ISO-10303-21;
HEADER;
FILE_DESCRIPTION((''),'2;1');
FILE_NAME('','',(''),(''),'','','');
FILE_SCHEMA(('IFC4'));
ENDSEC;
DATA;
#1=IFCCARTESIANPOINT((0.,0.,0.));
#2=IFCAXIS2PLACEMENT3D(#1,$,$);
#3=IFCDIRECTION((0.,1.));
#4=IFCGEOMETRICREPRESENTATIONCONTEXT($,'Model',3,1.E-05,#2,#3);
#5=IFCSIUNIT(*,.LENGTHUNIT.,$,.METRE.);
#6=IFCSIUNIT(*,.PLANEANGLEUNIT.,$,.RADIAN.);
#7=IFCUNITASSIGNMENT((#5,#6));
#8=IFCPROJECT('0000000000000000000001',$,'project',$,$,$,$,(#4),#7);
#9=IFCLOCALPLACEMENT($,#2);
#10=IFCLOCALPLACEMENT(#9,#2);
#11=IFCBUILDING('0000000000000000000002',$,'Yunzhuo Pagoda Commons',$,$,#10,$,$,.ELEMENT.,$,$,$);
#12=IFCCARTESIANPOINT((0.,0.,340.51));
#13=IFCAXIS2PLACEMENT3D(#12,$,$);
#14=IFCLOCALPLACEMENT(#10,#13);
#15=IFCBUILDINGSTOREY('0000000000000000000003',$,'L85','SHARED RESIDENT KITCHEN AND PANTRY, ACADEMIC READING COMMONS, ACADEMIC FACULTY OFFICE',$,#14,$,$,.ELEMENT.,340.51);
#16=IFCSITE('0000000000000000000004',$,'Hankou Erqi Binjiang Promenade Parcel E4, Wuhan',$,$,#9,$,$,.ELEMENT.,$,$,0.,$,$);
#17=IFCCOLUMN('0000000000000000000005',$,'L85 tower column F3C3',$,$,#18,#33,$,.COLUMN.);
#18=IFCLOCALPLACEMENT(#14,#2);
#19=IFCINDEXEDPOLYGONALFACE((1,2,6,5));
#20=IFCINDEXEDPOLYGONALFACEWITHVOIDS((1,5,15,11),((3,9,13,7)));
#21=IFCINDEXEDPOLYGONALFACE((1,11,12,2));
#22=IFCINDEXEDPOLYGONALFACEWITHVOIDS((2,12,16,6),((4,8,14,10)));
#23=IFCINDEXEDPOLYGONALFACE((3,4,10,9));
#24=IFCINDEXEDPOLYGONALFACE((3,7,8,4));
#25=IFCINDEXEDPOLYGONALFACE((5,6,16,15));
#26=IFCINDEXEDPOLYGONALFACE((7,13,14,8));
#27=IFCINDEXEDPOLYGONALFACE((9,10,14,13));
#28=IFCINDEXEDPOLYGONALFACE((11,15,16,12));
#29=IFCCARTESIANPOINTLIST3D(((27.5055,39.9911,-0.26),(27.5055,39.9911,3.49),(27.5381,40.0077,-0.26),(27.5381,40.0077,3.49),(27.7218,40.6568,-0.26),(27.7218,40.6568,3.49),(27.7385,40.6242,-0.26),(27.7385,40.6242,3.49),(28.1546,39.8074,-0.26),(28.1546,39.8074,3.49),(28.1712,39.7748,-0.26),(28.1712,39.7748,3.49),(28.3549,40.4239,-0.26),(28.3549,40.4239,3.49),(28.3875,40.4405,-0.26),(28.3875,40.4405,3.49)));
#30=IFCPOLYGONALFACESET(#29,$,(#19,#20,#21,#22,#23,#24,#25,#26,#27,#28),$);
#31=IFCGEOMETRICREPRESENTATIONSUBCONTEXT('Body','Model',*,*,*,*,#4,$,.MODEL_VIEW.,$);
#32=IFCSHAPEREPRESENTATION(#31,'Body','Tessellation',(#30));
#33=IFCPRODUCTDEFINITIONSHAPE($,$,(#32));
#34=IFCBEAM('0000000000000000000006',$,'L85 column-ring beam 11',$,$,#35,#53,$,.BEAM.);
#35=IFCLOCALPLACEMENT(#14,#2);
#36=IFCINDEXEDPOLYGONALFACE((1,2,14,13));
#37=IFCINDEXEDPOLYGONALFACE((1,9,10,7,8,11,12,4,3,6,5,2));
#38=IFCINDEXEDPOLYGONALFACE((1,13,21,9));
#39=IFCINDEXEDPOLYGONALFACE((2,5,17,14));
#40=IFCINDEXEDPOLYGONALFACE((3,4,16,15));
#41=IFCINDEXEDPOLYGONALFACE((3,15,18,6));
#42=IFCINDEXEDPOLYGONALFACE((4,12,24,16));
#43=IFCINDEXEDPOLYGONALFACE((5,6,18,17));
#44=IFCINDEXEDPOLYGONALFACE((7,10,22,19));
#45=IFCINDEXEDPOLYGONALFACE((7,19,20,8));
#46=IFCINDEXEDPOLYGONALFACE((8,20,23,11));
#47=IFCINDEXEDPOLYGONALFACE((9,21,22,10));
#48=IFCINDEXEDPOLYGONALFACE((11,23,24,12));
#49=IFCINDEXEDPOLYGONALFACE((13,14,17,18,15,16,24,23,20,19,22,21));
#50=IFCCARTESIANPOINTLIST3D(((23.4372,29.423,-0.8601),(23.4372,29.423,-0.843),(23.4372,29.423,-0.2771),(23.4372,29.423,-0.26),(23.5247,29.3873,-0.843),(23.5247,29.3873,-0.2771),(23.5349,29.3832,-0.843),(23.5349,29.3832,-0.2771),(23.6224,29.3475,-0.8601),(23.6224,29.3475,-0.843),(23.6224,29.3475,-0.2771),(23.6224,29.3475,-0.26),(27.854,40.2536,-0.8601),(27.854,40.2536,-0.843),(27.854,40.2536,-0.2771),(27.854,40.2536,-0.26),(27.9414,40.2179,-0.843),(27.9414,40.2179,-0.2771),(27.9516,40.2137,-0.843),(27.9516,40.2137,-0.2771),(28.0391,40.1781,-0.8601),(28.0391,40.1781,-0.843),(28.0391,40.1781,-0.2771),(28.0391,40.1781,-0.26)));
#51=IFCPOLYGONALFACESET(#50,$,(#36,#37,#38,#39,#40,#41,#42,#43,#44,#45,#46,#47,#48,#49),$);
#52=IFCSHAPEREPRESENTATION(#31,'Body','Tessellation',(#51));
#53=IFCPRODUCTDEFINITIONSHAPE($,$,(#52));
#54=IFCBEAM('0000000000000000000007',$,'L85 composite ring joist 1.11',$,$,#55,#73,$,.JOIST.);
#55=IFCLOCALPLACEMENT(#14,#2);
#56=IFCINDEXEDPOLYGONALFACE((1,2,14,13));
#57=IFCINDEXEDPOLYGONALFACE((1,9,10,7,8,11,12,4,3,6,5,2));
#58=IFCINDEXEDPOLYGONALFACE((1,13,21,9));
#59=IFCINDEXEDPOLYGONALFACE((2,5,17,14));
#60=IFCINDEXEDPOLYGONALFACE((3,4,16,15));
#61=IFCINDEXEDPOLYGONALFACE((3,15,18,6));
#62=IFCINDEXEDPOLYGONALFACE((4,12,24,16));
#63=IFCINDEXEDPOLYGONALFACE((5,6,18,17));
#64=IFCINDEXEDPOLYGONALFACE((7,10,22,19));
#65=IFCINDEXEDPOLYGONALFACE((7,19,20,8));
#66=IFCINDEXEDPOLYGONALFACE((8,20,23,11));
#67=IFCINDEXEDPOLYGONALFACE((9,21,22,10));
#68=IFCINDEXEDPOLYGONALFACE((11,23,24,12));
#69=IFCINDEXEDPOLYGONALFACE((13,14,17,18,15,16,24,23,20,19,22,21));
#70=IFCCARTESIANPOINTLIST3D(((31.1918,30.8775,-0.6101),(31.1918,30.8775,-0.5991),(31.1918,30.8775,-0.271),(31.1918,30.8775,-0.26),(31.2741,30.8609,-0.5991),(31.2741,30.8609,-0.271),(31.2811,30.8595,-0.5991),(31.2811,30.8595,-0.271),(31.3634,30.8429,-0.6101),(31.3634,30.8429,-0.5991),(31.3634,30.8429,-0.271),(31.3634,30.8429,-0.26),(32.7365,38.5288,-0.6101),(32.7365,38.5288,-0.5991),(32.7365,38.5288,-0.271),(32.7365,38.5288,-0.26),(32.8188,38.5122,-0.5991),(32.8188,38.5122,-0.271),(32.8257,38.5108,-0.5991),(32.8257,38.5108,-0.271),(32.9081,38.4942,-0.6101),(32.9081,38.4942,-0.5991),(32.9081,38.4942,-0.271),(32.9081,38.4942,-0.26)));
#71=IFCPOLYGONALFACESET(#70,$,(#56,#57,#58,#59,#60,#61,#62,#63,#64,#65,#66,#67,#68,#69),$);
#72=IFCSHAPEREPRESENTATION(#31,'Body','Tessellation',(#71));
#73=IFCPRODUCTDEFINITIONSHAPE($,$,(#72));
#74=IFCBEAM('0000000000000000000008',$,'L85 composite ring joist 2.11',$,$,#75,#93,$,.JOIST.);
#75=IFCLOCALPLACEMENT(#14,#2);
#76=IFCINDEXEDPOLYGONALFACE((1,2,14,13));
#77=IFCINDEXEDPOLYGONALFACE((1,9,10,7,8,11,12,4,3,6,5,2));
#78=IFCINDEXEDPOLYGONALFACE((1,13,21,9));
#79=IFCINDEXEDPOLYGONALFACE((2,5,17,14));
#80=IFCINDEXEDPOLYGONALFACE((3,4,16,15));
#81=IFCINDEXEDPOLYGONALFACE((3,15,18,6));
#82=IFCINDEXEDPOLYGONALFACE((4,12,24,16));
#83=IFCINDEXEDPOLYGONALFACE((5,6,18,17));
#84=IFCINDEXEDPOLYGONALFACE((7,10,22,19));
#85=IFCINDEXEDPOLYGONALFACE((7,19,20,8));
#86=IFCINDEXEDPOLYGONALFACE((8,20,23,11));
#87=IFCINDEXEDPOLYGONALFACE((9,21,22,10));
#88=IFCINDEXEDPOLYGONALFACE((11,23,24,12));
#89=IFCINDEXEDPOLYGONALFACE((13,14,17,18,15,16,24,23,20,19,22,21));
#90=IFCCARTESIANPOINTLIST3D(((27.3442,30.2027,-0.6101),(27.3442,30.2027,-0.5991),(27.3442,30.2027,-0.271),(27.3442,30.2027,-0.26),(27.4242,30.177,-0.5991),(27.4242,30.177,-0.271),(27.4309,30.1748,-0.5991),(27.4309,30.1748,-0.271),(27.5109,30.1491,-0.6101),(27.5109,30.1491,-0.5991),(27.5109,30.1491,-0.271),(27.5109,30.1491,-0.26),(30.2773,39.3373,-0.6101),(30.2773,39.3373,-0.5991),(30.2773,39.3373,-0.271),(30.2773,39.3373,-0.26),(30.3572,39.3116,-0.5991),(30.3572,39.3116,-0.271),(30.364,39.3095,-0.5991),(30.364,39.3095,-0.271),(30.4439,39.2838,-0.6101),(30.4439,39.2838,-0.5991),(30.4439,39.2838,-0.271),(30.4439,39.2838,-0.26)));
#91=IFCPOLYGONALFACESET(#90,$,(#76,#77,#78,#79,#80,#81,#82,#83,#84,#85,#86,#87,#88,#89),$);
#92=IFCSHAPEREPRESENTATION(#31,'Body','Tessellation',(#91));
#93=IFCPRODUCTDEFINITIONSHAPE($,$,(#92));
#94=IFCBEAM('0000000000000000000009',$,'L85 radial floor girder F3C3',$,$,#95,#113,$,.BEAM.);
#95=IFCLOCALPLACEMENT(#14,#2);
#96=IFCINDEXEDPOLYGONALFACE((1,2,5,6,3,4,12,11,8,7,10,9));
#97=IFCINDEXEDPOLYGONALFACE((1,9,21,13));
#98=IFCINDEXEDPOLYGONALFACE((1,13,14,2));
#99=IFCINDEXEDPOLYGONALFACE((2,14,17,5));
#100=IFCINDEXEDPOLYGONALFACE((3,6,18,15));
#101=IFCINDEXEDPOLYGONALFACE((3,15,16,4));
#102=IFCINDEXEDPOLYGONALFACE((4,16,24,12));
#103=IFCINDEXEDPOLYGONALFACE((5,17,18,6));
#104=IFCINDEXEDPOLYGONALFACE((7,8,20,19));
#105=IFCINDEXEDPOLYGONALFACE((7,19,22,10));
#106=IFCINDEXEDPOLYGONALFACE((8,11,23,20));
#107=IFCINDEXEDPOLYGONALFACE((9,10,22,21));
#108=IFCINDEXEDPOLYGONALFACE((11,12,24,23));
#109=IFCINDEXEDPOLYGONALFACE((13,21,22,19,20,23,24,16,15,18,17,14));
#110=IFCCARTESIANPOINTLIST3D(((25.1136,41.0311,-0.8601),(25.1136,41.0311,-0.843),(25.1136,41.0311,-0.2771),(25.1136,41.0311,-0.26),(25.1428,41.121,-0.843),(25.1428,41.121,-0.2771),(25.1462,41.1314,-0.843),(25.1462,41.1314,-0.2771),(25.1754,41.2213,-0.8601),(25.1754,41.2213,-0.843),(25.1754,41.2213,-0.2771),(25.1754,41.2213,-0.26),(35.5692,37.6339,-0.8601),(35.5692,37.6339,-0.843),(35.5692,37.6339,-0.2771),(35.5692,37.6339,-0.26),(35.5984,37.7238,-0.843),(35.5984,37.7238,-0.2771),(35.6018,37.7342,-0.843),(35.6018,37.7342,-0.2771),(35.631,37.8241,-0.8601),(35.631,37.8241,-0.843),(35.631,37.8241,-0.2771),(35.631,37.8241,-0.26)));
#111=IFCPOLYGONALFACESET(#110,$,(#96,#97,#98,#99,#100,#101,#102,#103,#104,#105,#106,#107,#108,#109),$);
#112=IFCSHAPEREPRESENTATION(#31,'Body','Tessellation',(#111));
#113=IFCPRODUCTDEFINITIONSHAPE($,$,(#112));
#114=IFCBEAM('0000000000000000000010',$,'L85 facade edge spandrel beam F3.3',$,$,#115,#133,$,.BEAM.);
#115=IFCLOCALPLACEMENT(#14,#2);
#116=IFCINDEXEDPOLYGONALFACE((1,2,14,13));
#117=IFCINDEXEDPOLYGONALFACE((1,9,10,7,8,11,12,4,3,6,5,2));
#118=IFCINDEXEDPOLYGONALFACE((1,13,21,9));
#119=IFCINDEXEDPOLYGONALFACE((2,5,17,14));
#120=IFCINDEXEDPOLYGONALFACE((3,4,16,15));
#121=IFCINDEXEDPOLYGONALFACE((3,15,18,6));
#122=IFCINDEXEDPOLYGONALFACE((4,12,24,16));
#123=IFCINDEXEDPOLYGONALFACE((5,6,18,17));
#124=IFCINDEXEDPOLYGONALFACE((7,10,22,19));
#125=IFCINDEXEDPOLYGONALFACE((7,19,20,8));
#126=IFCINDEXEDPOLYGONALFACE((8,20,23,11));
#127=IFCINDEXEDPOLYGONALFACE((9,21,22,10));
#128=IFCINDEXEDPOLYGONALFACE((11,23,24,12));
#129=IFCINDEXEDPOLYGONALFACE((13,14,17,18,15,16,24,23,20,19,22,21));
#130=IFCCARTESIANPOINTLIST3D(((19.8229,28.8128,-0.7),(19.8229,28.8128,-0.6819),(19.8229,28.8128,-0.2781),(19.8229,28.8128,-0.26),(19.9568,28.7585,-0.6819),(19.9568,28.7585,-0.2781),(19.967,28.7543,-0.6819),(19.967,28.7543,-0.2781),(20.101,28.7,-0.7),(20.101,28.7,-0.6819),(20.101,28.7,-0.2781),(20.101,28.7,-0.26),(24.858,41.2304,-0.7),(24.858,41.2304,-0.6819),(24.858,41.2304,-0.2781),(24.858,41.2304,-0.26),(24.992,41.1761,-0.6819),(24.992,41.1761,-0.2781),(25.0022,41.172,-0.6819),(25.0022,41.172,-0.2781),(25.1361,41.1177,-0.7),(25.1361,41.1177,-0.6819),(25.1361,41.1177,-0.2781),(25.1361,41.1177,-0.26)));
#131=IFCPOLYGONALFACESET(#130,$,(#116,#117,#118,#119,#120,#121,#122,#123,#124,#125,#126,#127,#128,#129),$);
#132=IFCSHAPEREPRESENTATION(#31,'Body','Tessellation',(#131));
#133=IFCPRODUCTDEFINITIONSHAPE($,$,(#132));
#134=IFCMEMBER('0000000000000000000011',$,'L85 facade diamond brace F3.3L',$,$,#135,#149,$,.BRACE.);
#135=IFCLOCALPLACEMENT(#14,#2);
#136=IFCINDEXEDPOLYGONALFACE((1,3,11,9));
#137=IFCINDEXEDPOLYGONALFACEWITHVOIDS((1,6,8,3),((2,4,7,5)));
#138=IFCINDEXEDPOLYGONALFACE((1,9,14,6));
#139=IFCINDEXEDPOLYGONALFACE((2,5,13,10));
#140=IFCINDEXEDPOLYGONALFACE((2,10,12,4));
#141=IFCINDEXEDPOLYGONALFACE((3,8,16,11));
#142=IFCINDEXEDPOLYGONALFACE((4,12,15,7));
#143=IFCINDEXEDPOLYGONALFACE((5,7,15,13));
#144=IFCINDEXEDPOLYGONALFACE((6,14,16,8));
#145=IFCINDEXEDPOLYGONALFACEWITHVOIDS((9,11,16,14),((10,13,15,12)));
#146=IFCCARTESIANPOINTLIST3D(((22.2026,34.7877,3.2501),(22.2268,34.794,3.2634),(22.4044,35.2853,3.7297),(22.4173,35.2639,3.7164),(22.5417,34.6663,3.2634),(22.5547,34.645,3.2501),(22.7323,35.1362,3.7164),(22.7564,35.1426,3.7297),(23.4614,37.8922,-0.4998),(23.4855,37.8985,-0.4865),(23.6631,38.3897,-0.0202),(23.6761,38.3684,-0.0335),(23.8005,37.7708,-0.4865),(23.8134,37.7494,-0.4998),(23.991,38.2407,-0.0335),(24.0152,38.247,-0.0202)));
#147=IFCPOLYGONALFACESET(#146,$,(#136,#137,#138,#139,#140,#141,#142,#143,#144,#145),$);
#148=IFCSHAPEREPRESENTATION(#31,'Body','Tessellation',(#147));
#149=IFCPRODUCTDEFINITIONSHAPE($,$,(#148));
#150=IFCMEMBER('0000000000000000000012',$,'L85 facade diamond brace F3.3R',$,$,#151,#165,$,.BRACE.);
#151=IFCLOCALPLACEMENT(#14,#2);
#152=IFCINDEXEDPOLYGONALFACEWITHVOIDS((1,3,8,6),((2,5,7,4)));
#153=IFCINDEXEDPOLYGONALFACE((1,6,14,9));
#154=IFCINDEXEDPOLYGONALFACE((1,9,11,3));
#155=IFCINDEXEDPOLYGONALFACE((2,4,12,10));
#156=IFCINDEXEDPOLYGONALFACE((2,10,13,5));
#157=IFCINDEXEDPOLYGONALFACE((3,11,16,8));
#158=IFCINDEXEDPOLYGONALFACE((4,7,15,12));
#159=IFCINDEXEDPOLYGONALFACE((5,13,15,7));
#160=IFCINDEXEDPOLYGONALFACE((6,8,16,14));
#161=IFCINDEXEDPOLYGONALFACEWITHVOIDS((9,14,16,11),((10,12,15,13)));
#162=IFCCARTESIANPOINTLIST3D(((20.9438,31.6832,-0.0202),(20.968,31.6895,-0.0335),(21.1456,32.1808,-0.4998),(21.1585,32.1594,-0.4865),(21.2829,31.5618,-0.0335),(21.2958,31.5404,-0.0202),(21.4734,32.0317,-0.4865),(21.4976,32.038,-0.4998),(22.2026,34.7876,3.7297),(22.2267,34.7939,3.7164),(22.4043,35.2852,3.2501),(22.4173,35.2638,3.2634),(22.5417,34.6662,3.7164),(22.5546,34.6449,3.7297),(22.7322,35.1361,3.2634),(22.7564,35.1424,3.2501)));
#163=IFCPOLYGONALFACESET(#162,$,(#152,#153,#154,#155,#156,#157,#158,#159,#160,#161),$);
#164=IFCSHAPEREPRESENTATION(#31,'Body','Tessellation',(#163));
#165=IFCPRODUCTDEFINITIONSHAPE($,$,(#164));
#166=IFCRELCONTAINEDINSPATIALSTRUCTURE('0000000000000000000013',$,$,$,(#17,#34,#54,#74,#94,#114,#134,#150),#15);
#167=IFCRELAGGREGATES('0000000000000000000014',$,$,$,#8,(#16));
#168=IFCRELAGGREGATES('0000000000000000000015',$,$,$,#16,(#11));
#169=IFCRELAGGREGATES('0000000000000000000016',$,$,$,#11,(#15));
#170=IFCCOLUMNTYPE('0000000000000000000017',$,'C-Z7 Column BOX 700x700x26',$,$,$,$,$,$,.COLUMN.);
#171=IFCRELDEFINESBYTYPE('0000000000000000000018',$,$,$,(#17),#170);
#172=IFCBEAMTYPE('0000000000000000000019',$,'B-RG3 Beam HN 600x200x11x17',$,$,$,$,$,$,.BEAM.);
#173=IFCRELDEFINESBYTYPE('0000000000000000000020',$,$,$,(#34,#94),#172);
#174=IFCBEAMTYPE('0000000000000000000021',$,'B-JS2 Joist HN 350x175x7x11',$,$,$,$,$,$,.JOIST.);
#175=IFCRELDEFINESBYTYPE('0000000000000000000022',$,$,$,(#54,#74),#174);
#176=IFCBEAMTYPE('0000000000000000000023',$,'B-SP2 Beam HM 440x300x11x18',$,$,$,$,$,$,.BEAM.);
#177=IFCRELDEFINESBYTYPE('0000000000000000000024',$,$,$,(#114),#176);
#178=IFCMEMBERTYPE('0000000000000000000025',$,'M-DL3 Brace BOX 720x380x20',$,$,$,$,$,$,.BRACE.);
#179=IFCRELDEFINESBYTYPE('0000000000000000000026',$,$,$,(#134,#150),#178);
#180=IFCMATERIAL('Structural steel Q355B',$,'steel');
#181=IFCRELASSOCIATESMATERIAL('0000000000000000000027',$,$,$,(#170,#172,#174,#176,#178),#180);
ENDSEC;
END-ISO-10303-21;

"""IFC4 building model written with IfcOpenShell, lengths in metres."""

from ifc_helpers import new_model, si_unit, direction, frame, origin, origin_2d, place, context, subcontext, project, spatial, hollow_rectangle, i_section, extrude, source, transform, mapped, material, material_profile, profile_set, type_object, element, save


model = new_model("IFC4")

# Units and contexts
model_context = context("Model", 3, precision=1e-05, world=origin(), true_north=direction((0.0, 1.0)))
body_context = subcontext(model_context, "Body", "Model", "MODEL_VIEW")
ifc_project = project(units=[si_unit("LENGTHUNIT", "METRE"), si_unit("PLANEANGLEUNIT", "RADIAN")], contexts=[model_context])

# Site, building, storey
site_placement = place(None, origin())
site = spatial("IfcSite", under=ifc_project, at=site_placement, Name="Hankou Erqi Binjiang Promenade Parcel E4, Wuhan", CompositionType="ELEMENT", RefElevation=0.0)
building_placement = place(site_placement, origin())
building = spatial("IfcBuilding", under=site, at=building_placement, Name="Yunzhuo Pagoda Commons", CompositionType="ELEMENT")
storey_placement = place(building_placement, frame((0.0, 0.0, 340.51)))
storey = spatial("IfcBuildingStorey", under=building, at=storey_placement, Name="L85", Description="SHARED RESIDENT KITCHEN AND PANTRY, ACADEMIC READING COMMONS, ACADEMIC FACULTY OFFICE", CompositionType="ELEMENT", Elevation=340.51)

# Column
ifc_material_1 = material(Name="Structural steel Q355B", Category="steel")
ifc_material_profile_1 = material_profile(ifc_material_1, hollow_rectangle(XDim=0.7, YDim=0.7, WallThickness=0.0259, at=origin_2d()), Name="Structural steel Q355B")
ifc_profile_set_1 = profile_set([ifc_material_profile_1], Name="Structural steel Q355B")
column_type = type_object("IfcColumnType", Name="C-Z7 Column BOX 700x700x26", PredefinedType="COLUMN", material=ifc_profile_set_1)
shared_shape_1 = source(origin(), body_context, "Body", "SweptSolid", [
    extrude(hollow_rectangle(XDim=0.7, YDim=0.7, WallThickness=0.0259, at=origin_2d()), origin(), (0.0, 0.0, 1.0), 3.75),
])
column_placement = place(storey_placement, frame((27.9465, 40.2158, -0.26), z_axis=(0.0, 0.0, 1.0), x_axis=(-0.309017, -0.951057, 0.0)))
element("IfcColumn", 1, at=column_placement, inside=storey, type_object=column_type, Name="L85 tower column F3C3", PredefinedType="COLUMN", context=body_context, shape_type="MappedRepresentation", body=[
    mapped(shared_shape_1, transform((0.0, 0.0, 0.0), scale=1.0)),
])

# Beams
ifc_material_profile_2 = material_profile(ifc_material_1, i_section(OverallWidth=0.2, OverallDepth=0.6001, WebThickness=0.011, FlangeThickness=0.0171, at=origin_2d()), Name="Structural steel Q355B")
ifc_profile_set_2 = profile_set([ifc_material_profile_2], Name="Structural steel Q355B")
beam_type_1 = type_object("IfcBeamType", Name="B-RG3 Beam HN 600x200x11x17", PredefinedType="BEAM", material=ifc_profile_set_2)
shared_shape_2 = source(origin(), body_context, "Body", "SweptSolid", [
    extrude(i_section(OverallWidth=0.2, OverallDepth=0.6001, WebThickness=0.011, FlangeThickness=0.0171, at=origin_2d()), origin(), (0.0, 0.0, 1.0), 11.6965),
])
beam_1_placement = place(storey_placement, frame((27.9465, 40.2158, -0.5601), z_axis=(-0.377612, -0.925964, 0.0), x_axis=(0.925964, -0.377612, 0.0)))
element("IfcBeam", 2, at=beam_1_placement, inside=storey, type_object=beam_type_1, Name="L85 column-ring beam 11", PredefinedType="BEAM", context=body_context, shape_type="MappedRepresentation", body=[
    mapped(shared_shape_2, transform((0.0, 0.0, 0.0), scale=1.0)),
])
ifc_material_profile_3 = material_profile(ifc_material_1, i_section(OverallWidth=0.175, OverallDepth=0.3501, WebThickness=0.0071, FlangeThickness=0.011, at=origin_2d()), Name="Structural steel Q355B")
ifc_profile_set_3 = profile_set([ifc_material_profile_3], Name="Structural steel Q355B")
beam_type_2 = type_object("IfcBeamType", Name="B-JS2 Joist HN 350x175x7x11", PredefinedType="JOIST", material=ifc_profile_set_3)
shared_shape_3 = source(origin(), body_context, "Body", "SweptSolid", [
    extrude(i_section(OverallWidth=0.175, OverallDepth=0.3501, WebThickness=0.0071, FlangeThickness=0.011, at=origin_2d()), origin(), (0.0, 0.0, 1.0), 7.8057),
])
beam_2_placement = place(storey_placement, frame((32.8223, 38.5115, -0.4351), z_axis=(-0.19789, -0.980224, 0.0), x_axis=(0.980224, -0.19789, 0.0)))
element("IfcBeam", 3, at=beam_2_placement, inside=storey, type_object=beam_type_2, Name="L85 composite ring joist 1.11", PredefinedType="JOIST", context=body_context, shape_type="MappedRepresentation", body=[
    mapped(shared_shape_3, transform((0.0, 0.0, 0.0), scale=1.0)),
])
shared_shape_4 = source(origin(), body_context, "Body", "SweptSolid", [
    extrude(i_section(OverallWidth=0.175, OverallDepth=0.3501, WebThickness=0.0071, FlangeThickness=0.011, at=origin_2d()), origin(), (0.0, 0.0, 1.0), 9.594),
])
beam_3_placement = place(storey_placement, frame((30.3606, 39.3105, -0.4351), z_axis=(-0.305719, -0.952122, 0.0), x_axis=(0.952122, -0.305719, 0.0)))
element("IfcBeam", 4, at=beam_3_placement, inside=storey, type_object=beam_type_2, Name="L85 composite ring joist 2.11", PredefinedType="JOIST", context=body_context, shape_type="MappedRepresentation", body=[
    mapped(shared_shape_4, transform((0.0, 0.0, 0.0), scale=1.0)),
])
shared_shape_5 = source(origin(), body_context, "Body", "SweptSolid", [
    extrude(i_section(OverallWidth=0.2, OverallDepth=0.6001, WebThickness=0.011, FlangeThickness=0.0171, at=origin_2d()), origin(), (0.0, 0.0, 1.0), 10.9937),
])
beam_4_placement = place(storey_placement, frame((25.1445, 41.1262, -0.5601), z_axis=(0.951057, -0.309017, 0.0), x_axis=(0.309017, 0.951057, 0.0)))
element("IfcBeam", 5, at=beam_4_placement, inside=storey, type_object=beam_type_1, Name="L85 radial floor girder F3C3", PredefinedType="BEAM", context=body_context, shape_type="MappedRepresentation", body=[
    mapped(shared_shape_5, transform((0.0, 0.0, 0.0), scale=1.0)),
])
ifc_material_profile_4 = material_profile(ifc_material_1, i_section(OverallWidth=0.3, OverallDepth=0.4399, WebThickness=0.011, FlangeThickness=0.0181, at=origin_2d()), Name="Structural steel Q355B")
ifc_profile_set_4 = profile_set([ifc_material_profile_4], Name="Structural steel Q355B")
beam_type_3 = type_object("IfcBeamType", Name="B-SP2 Beam HM 440x300x11x18", PredefinedType="BEAM", material=ifc_profile_set_4)
shared_shape_6 = source(origin(), body_context, "Body", "SweptSolid", [
    extrude(i_section(OverallWidth=0.3, OverallDepth=0.4399, WebThickness=0.011, FlangeThickness=0.0181, at=origin_2d()), origin(), (0.0, 0.0, 1.0), 13.3997),
])
beam_5_placement = place(storey_placement, frame((24.9971, 41.1741, -0.48), z_axis=(-0.375766, -0.926715, 0.0), x_axis=(0.926715, -0.375766, 0.0)))
element("IfcBeam", 6, at=beam_5_placement, inside=storey, type_object=beam_type_3, Name="L85 facade edge spandrel beam F3.3", PredefinedType="BEAM", context=body_context, shape_type="MappedRepresentation", body=[
    mapped(shared_shape_6, transform((0.0, 0.0, 0.0), scale=1.0)),
])

# Members
ifc_material_profile_5 = material_profile(ifc_material_1, hollow_rectangle(XDim=0.3799, YDim=0.72, WallThickness=0.02, at=origin_2d()), Name="Structural steel Q355B")
ifc_profile_set_5 = profile_set([ifc_material_profile_5], Name="Structural steel Q355B")
member_type_1 = type_object("IfcMemberType", Name="M-DL3 Brace BOX 720x380x20", PredefinedType="BRACE", material=ifc_profile_set_5)
shared_shape_7 = source(origin(), body_context, "Body", "SweptSolid", [
    extrude(hollow_rectangle(XDim=0.3799, YDim=0.72, WallThickness=0.02, at=origin_2d()), origin(), (0.0, 0.0, 1.0), 5.0283),
])
for number, where, z_axis, x_axis, name in (
    (7, (23.7383, 38.0696, -0.26), (-0.250335, -0.61739, 0.745762), (0.926717, -0.375759, 0.0), "L85 facade diamond brace F3.3L"),
    (8, (21.2207, 31.8606, -0.26), (0.250335, 0.61739, 0.745762), (-0.926717, 0.375759, 0.0), "L85 facade diamond brace F3.3R"),
):
    element("IfcMember", number, at=place(storey_placement, frame(where, z_axis=z_axis, x_axis=x_axis)), inside=storey, type_object=member_type_1, Name=name, PredefinedType="BRACE", context=body_context, shape_type="MappedRepresentation", body=[
        mapped(shared_shape_7, transform((0.0, 0.0, 0.0), scale=1.0)),
    ])

save(model, "model.ifc")
